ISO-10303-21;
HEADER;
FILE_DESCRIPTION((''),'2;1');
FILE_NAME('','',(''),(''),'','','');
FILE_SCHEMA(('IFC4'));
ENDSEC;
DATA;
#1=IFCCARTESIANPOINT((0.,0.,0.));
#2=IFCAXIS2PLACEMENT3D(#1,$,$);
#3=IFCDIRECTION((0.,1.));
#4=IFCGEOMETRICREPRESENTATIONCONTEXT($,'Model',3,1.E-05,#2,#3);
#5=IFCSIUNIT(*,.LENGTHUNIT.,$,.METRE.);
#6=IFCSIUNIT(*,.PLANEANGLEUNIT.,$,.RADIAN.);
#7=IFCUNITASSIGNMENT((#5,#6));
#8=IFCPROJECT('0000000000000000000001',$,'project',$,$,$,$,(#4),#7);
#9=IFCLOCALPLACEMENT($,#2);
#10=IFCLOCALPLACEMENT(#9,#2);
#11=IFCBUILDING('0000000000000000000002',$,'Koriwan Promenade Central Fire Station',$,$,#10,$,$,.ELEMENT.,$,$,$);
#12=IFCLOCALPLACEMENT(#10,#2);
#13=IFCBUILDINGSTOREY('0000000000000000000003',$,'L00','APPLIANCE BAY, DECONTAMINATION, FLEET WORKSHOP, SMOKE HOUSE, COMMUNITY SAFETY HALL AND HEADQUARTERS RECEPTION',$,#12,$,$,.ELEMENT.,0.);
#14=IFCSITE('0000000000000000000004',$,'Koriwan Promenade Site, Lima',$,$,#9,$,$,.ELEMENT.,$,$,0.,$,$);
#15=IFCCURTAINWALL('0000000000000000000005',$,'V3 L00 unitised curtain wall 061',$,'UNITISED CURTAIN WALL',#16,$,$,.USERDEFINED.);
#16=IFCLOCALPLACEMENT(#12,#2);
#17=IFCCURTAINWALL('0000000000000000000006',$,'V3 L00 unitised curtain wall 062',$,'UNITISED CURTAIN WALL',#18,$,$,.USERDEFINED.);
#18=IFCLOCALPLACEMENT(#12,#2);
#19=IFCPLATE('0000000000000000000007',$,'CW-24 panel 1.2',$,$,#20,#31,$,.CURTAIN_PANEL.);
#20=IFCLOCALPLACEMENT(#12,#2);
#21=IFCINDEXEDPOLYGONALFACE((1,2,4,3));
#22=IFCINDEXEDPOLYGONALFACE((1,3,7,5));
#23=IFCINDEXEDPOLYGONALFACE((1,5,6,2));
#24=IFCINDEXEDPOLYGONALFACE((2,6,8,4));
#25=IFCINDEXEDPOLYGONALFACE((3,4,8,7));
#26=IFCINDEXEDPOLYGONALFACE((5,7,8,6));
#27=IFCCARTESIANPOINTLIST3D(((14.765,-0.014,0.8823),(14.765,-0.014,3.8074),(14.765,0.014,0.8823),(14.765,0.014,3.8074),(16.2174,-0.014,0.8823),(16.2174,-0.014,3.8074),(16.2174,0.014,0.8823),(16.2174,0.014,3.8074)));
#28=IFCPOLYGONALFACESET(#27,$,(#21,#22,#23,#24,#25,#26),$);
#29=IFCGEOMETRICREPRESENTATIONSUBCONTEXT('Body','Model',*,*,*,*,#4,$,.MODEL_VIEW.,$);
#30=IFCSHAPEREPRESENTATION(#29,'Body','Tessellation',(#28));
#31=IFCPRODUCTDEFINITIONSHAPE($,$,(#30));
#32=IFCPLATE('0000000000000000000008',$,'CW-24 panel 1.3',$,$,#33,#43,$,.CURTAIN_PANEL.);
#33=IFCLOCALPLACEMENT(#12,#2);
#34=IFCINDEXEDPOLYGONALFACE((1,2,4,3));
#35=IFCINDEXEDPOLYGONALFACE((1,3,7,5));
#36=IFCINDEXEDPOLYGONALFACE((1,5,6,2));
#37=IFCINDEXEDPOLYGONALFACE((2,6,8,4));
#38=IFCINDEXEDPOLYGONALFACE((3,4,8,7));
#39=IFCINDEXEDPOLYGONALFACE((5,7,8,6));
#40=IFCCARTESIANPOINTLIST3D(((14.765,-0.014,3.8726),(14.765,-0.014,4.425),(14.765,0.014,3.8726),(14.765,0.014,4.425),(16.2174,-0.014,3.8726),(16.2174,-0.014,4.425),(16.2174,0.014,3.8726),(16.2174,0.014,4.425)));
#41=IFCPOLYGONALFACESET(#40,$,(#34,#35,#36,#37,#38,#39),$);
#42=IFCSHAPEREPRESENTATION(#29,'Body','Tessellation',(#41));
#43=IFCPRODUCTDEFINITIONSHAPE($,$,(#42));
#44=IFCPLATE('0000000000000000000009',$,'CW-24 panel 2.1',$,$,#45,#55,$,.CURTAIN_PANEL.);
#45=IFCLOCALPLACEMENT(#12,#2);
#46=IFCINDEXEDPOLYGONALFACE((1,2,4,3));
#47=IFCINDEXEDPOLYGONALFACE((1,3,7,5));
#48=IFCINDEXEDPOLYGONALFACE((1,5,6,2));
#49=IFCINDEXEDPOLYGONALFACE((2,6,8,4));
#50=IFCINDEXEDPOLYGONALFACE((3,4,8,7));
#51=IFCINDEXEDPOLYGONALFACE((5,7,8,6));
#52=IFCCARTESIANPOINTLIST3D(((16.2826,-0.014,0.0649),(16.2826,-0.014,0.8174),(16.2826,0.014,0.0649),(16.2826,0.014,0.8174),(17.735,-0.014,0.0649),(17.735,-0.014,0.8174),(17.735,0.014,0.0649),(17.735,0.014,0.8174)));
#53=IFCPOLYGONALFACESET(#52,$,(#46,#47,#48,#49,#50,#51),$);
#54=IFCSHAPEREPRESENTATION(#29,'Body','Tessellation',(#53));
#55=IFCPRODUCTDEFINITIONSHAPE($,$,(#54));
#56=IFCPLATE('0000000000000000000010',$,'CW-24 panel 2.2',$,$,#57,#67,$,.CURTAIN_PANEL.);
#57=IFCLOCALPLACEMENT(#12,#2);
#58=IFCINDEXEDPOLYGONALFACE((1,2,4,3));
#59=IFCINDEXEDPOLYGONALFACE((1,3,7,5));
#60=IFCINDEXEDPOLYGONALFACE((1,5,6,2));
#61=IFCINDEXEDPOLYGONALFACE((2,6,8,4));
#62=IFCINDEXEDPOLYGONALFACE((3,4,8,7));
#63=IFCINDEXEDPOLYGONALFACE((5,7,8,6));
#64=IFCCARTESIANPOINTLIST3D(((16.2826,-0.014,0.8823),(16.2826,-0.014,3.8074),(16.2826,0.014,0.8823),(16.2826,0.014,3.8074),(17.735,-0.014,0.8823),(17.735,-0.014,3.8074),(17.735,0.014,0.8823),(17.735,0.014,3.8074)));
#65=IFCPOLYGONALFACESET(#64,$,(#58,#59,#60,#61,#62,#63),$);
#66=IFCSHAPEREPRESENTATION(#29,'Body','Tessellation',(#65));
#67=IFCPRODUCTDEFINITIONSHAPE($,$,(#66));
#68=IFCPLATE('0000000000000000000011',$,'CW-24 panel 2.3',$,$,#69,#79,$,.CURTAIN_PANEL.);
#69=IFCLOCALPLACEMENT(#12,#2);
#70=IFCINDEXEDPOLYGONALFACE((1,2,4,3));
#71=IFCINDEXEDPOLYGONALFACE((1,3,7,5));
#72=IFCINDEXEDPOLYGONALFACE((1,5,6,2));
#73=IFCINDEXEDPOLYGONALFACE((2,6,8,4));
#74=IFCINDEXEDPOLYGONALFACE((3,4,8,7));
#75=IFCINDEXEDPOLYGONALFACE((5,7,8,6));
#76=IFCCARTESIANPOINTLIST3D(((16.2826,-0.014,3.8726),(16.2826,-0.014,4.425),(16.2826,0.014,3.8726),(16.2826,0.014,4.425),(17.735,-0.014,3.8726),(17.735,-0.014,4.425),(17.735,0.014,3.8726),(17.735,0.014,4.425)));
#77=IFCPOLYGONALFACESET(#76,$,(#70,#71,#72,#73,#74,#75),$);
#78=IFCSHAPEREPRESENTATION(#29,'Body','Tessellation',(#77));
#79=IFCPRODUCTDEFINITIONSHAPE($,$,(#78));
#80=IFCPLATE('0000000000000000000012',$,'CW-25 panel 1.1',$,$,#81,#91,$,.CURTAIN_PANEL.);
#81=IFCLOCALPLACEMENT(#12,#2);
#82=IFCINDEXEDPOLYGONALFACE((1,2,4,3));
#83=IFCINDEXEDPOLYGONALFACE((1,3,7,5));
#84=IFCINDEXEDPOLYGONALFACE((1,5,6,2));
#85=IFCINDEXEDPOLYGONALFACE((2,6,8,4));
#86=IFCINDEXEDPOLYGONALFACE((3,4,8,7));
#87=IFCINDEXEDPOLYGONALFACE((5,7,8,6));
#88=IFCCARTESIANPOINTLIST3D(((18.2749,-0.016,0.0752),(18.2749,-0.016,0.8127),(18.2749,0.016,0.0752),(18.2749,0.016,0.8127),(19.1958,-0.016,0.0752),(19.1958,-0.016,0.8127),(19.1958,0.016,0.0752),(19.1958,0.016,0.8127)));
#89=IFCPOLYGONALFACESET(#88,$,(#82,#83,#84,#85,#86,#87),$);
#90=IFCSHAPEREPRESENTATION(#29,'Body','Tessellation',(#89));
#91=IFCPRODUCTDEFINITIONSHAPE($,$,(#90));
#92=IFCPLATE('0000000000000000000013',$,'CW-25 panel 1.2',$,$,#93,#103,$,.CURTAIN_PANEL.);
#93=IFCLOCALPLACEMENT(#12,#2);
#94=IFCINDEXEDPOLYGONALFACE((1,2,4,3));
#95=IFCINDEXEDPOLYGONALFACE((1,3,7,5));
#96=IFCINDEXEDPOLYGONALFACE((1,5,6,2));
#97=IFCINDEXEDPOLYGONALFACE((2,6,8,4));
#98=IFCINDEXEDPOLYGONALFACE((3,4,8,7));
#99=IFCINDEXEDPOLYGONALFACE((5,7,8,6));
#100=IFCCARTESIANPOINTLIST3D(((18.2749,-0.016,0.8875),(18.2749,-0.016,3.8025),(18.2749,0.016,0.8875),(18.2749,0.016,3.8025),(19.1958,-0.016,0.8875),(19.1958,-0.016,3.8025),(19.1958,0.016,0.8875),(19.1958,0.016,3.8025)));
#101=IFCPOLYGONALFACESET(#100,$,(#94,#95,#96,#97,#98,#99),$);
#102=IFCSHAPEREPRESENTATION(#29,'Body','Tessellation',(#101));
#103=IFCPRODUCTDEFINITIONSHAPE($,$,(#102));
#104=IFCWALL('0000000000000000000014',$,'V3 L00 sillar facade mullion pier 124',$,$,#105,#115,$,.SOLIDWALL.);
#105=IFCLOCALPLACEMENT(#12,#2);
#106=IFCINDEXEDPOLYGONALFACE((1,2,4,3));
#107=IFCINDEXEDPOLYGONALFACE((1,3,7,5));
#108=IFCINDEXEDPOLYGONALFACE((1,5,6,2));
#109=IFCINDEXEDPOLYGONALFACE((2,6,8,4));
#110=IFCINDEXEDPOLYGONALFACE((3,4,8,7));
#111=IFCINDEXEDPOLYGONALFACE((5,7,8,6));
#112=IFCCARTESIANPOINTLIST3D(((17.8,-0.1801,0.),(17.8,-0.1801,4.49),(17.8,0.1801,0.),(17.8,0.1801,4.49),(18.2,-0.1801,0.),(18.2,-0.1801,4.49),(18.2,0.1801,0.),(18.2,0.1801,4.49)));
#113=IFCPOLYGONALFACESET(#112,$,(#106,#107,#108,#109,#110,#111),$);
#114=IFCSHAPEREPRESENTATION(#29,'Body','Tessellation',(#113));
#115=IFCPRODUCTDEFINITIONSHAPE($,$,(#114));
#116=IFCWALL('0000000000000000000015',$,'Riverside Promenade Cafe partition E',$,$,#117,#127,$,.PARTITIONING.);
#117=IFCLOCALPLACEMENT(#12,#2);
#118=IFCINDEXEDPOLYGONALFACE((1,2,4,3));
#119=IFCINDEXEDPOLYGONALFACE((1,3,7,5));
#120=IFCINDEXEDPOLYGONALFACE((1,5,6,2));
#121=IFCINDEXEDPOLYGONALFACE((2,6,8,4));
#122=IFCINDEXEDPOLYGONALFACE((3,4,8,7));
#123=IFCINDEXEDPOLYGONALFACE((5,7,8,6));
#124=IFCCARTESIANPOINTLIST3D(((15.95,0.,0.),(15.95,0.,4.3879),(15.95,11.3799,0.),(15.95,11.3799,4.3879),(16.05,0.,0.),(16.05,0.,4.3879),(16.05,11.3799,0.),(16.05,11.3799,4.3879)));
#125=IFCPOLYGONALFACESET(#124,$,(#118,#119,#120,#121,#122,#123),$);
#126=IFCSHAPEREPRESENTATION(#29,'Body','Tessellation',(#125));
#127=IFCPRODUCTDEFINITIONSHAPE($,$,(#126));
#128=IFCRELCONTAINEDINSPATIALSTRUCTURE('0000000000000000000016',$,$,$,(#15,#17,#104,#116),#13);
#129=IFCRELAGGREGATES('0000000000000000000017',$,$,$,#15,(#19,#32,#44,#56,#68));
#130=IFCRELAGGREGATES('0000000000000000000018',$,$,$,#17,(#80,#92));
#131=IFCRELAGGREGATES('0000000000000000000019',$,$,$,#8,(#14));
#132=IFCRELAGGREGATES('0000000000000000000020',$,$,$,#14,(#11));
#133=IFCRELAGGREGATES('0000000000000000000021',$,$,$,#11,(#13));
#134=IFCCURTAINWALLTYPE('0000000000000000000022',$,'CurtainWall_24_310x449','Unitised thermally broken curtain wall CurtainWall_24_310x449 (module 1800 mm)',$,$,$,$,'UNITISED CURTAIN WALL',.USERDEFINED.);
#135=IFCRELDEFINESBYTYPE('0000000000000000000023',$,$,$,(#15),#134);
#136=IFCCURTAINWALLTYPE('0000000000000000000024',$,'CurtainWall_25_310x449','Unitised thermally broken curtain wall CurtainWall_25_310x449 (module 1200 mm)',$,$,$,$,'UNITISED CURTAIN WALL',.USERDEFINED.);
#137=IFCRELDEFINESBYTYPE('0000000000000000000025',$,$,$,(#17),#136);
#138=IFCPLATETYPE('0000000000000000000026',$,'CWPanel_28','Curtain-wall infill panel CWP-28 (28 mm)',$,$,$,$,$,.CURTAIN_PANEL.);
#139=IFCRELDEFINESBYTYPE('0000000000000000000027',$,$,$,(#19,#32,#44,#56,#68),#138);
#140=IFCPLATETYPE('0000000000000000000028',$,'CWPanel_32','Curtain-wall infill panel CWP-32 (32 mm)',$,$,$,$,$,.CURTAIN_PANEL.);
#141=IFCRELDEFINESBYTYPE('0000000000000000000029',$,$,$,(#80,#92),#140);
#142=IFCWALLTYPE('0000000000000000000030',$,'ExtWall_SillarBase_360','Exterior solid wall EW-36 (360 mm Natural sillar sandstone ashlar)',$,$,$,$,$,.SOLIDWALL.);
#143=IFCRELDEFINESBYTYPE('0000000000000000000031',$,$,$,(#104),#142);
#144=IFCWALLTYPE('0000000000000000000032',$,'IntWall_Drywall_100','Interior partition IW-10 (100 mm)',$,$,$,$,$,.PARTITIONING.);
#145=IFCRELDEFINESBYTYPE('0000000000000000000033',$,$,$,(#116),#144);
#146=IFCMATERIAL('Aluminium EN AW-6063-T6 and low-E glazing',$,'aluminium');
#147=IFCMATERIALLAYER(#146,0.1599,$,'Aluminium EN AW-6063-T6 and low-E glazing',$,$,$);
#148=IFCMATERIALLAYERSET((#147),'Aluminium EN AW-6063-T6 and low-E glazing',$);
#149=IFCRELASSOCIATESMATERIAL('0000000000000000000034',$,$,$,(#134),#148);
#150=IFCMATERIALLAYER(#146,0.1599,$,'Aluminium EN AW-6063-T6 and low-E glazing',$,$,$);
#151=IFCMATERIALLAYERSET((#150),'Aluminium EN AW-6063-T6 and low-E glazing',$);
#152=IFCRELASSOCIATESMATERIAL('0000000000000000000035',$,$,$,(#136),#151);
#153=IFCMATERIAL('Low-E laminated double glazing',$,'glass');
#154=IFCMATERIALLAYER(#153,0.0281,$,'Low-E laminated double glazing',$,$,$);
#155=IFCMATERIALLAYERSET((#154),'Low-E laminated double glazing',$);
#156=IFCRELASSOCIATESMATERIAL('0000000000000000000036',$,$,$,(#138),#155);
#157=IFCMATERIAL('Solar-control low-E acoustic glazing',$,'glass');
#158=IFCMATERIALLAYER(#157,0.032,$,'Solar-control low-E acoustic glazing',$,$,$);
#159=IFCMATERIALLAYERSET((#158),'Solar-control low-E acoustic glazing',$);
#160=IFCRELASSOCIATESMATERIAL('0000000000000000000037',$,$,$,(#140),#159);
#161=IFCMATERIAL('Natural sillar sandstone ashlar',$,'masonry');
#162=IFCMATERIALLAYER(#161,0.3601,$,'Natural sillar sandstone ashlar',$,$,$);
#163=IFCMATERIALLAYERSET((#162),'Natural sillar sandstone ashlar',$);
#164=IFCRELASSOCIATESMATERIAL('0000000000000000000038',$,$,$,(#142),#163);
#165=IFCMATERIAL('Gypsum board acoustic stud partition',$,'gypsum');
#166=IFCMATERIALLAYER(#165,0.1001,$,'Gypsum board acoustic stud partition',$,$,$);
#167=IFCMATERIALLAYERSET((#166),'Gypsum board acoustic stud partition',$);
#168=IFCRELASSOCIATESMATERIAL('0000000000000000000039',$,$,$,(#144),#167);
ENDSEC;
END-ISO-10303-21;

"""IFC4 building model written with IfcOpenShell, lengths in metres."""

from ifc_helpers import new_model, si_unit, direction, frame, frame_2d, origin, origin_2d, place, context, subcontext, project, spatial, rectangle, extrude, material, layer, layer_set, type_object, element, aggregate, save


model = new_model("IFC4")

# Units and contexts
model_context = context("Model", 3, precision=1e-05, world=origin(), true_north=direction((0.0, 1.0)))
body_context = subcontext(model_context, "Body", "Model", "MODEL_VIEW")
ifc_project = project(units=[si_unit("LENGTHUNIT", "METRE"), si_unit("PLANEANGLEUNIT", "RADIAN")], contexts=[model_context])

# Site, building, storey
site_placement = place(None, origin())
site = spatial("IfcSite", under=ifc_project, at=site_placement, Name="Koriwan Promenade Site, Lima", CompositionType="ELEMENT", RefElevation=0.0)
building_placement = place(site_placement, origin())
building = spatial("IfcBuilding", under=site, at=building_placement, Name="Koriwan Promenade Central Fire Station", CompositionType="ELEMENT")
storey_placement = place(building_placement, origin())
storey = spatial("IfcBuildingStorey", under=building, at=storey_placement, Name="L00", Description="APPLIANCE BAY, DECONTAMINATION, FLEET WORKSHOP, SMOKE HOUSE, COMMUNITY SAFETY HALL AND HEADQUARTERS RECEPTION", CompositionType="ELEMENT", Elevation=0.0)

# Curtain wall
ifc_material_1 = material(Name="Aluminium EN AW-6063-T6 and low-E glazing", Category="aluminium")
ifc_layer_1 = layer(ifc_material_1, 0.1599, Name="Aluminium EN AW-6063-T6 and low-E glazing")
ifc_layer_set_1 = layer_set([ifc_layer_1], Name="Aluminium EN AW-6063-T6 and low-E glazing")
curtain_wall_type_1 = type_object("IfcCurtainWallType", Name="CurtainWall_24_310x449", Description="Unitised thermally broken curtain wall CurtainWall_24_310x449 (module 1800 mm)", ElementType="UNITISED CURTAIN WALL", PredefinedType="USERDEFINED", material=ifc_layer_set_1)
curtain_wall_1_placement = place(storey_placement, origin())
curtain_wall_1 = element("IfcCurtainWall", 1, at=curtain_wall_1_placement, inside=storey, type_object=curtain_wall_type_1, Name="V3 L00 unitised curtain wall 061", ObjectType="UNITISED CURTAIN WALL", PredefinedType="USERDEFINED")

# Curtain wall
ifc_layer_2 = layer(ifc_material_1, 0.1599, Name="Aluminium EN AW-6063-T6 and low-E glazing")
ifc_layer_set_2 = layer_set([ifc_layer_2], Name="Aluminium EN AW-6063-T6 and low-E glazing")
curtain_wall_type_2 = type_object("IfcCurtainWallType", Name="CurtainWall_25_310x449", Description="Unitised thermally broken curtain wall CurtainWall_25_310x449 (module 1200 mm)", ElementType="UNITISED CURTAIN WALL", PredefinedType="USERDEFINED", material=ifc_layer_set_2)
curtain_wall_2_placement = place(storey_placement, origin())
curtain_wall_2 = element("IfcCurtainWall", 2, at=curtain_wall_2_placement, inside=storey, type_object=curtain_wall_type_2, Name="V3 L00 unitised curtain wall 062", ObjectType="UNITISED CURTAIN WALL", PredefinedType="USERDEFINED")

# Plates
ifc_material_2 = material(Name="Low-E laminated double glazing", Category="glass")
ifc_layer_3 = layer(ifc_material_2, 0.0281, Name="Low-E laminated double glazing")
ifc_layer_set_3 = layer_set([ifc_layer_3], Name="Low-E laminated double glazing")
plate_type_1 = type_object("IfcPlateType", Name="CWPanel_28", Description="Curtain-wall infill panel CWP-28 (28 mm)", PredefinedType="CURTAIN_PANEL", material=ifc_layer_set_3)
plate_1_placement = place(storey_placement, frame((15.4912, 0.0, 0.8823), z_axis=(0.0, 0.0, 1.0), x_axis=(1.0, 0.0, 0.0)))
plate_1 = element("IfcPlate", 3, at=plate_1_placement, type_object=plate_type_1, Name="CW-24 panel 1.2", PredefinedType="CURTAIN_PANEL", context=body_context, shape_type="SweptSolid", body=[
    extrude(rectangle(XDim=1.4524, YDim=0.0281, at=origin_2d()), origin(), (0.0, 0.0, 1.0), 2.925),
])
plate_2_placement = place(storey_placement, frame((15.4912, 0.0, 3.8726), z_axis=(0.0, 0.0, 1.0), x_axis=(1.0, 0.0, 0.0)))
plate_2 = element("IfcPlate", 4, at=plate_2_placement, type_object=plate_type_1, Name="CW-24 panel 1.3", PredefinedType="CURTAIN_PANEL", context=body_context, shape_type="SweptSolid", body=[
    extrude(rectangle(XDim=1.4524, YDim=0.0281, at=origin_2d()), origin(), (0.0, 0.0, 1.0), 0.5525),
])
plate_3_placement = place(storey_placement, frame((17.0088, 0.0, 0.0649), z_axis=(0.0, 0.0, 1.0), x_axis=(1.0, 0.0, 0.0)))
plate_3 = element("IfcPlate", 5, at=plate_3_placement, type_object=plate_type_1, Name="CW-24 panel 2.1", PredefinedType="CURTAIN_PANEL", context=body_context, shape_type="SweptSolid", body=[
    extrude(rectangle(XDim=1.4524, YDim=0.0281, at=origin_2d()), origin(), (0.0, 0.0, 1.0), 0.7524),
])
plate_4_placement = place(storey_placement, frame((17.0088, 0.0, 0.8823), z_axis=(0.0, 0.0, 1.0), x_axis=(1.0, 0.0, 0.0)))
plate_4 = element("IfcPlate", 6, at=plate_4_placement, type_object=plate_type_1, Name="CW-24 panel 2.2", PredefinedType="CURTAIN_PANEL", context=body_context, shape_type="SweptSolid", body=[
    extrude(rectangle(XDim=1.4524, YDim=0.0281, at=origin_2d()), origin(), (0.0, 0.0, 1.0), 2.925),
])
plate_5_placement = place(storey_placement, frame((17.0088, 0.0, 3.8726), z_axis=(0.0, 0.0, 1.0), x_axis=(1.0, 0.0, 0.0)))
plate_5 = element("IfcPlate", 7, at=plate_5_placement, type_object=plate_type_1, Name="CW-24 panel 2.3", PredefinedType="CURTAIN_PANEL", context=body_context, shape_type="SweptSolid", body=[
    extrude(rectangle(XDim=1.4524, YDim=0.0281, at=origin_2d()), origin(), (0.0, 0.0, 1.0), 0.5525),
])
aggregate(curtain_wall_1, [plate_1, plate_2, plate_3, plate_4, plate_5])
ifc_material_3 = material(Name="Solar-control low-E acoustic glazing", Category="glass")
ifc_layer_4 = layer(ifc_material_3, 0.032, Name="Solar-control low-E acoustic glazing")
ifc_layer_set_4 = layer_set([ifc_layer_4], Name="Solar-control low-E acoustic glazing")
plate_type_2 = type_object("IfcPlateType", Name="CWPanel_32", Description="Curtain-wall infill panel CWP-32 (32 mm)", PredefinedType="CURTAIN_PANEL", material=ifc_layer_set_4)
plate_6_placement = place(storey_placement, frame((18.7354, 0.0, 0.0752), z_axis=(0.0, 0.0, 1.0), x_axis=(1.0, 0.0, 0.0)))
plate_6 = element("IfcPlate", 8, at=plate_6_placement, type_object=plate_type_2, Name="CW-25 panel 1.1", PredefinedType="CURTAIN_PANEL", context=body_context, shape_type="SweptSolid", body=[
    extrude(rectangle(XDim=0.9209, YDim=0.032, at=origin_2d()), origin(), (0.0, 0.0, 1.0), 0.7375),
])
plate_7_placement = place(storey_placement, frame((18.7354, 0.0, 0.8875), z_axis=(0.0, 0.0, 1.0), x_axis=(1.0, 0.0, 0.0)))
plate_7 = element("IfcPlate", 9, at=plate_7_placement, type_object=plate_type_2, Name="CW-25 panel 1.2", PredefinedType="CURTAIN_PANEL", context=body_context, shape_type="SweptSolid", body=[
    extrude(rectangle(XDim=0.9209, YDim=0.032, at=origin_2d()), origin(), (0.0, 0.0, 1.0), 2.915),
])
aggregate(curtain_wall_2, [plate_6, plate_7])

# Walls
ifc_material_4 = material(Name="Natural sillar sandstone ashlar", Category="masonry")
ifc_layer_5 = layer(ifc_material_4, 0.3601, Name="Natural sillar sandstone ashlar")
ifc_layer_set_5 = layer_set([ifc_layer_5], Name="Natural sillar sandstone ashlar")
wall_type_1 = type_object("IfcWallType", Name="ExtWall_SillarBase_360", Description="Exterior solid wall EW-36 (360 mm Natural sillar sandstone ashlar)", PredefinedType="SOLIDWALL", material=ifc_layer_set_5)
wall_1_placement = place(storey_placement, frame((17.8, 0.0, 0.0), z_axis=(0.0, 0.0, 1.0), x_axis=(1.0, 0.0, 0.0)))
element("IfcWall", 10, at=wall_1_placement, inside=storey, type_object=wall_type_1, Name="V3 L00 sillar facade mullion pier 124", PredefinedType="SOLIDWALL", context=body_context, shape_type="SweptSolid", body=[
    extrude(rectangle(XDim=0.3999, YDim=0.3601, at=frame_2d((0.2, 0.0))), origin(), (0.0, 0.0, 1.0), 4.49),
])
ifc_material_5 = material(Name="Gypsum board acoustic stud partition", Category="gypsum")
ifc_layer_6 = layer(ifc_material_5, 0.1001, Name="Gypsum board acoustic stud partition")
ifc_layer_set_6 = layer_set([ifc_layer_6], Name="Gypsum board acoustic stud partition")
wall_type_2 = type_object("IfcWallType", Name="IntWall_Drywall_100", Description="Interior partition IW-10 (100 mm)", PredefinedType="PARTITIONING", material=ifc_layer_set_6)
wall_2_placement = place(storey_placement, frame((16.0, 0.0, 0.0), z_axis=(0.0, 0.0, 1.0), x_axis=(0.0, 1.0, 0.0)))
element("IfcWall", 11, at=wall_2_placement, inside=storey, type_object=wall_type_2, Name="Riverside Promenade Cafe partition E", PredefinedType="PARTITIONING", context=body_context, shape_type="SweptSolid", body=[
    extrude(rectangle(XDim=11.3799, YDim=0.1001, at=frame_2d((5.6899, 0.0))), origin(), (0.0, 0.0, 1.0), 4.3879),
])

save(model, "model.ifc")
